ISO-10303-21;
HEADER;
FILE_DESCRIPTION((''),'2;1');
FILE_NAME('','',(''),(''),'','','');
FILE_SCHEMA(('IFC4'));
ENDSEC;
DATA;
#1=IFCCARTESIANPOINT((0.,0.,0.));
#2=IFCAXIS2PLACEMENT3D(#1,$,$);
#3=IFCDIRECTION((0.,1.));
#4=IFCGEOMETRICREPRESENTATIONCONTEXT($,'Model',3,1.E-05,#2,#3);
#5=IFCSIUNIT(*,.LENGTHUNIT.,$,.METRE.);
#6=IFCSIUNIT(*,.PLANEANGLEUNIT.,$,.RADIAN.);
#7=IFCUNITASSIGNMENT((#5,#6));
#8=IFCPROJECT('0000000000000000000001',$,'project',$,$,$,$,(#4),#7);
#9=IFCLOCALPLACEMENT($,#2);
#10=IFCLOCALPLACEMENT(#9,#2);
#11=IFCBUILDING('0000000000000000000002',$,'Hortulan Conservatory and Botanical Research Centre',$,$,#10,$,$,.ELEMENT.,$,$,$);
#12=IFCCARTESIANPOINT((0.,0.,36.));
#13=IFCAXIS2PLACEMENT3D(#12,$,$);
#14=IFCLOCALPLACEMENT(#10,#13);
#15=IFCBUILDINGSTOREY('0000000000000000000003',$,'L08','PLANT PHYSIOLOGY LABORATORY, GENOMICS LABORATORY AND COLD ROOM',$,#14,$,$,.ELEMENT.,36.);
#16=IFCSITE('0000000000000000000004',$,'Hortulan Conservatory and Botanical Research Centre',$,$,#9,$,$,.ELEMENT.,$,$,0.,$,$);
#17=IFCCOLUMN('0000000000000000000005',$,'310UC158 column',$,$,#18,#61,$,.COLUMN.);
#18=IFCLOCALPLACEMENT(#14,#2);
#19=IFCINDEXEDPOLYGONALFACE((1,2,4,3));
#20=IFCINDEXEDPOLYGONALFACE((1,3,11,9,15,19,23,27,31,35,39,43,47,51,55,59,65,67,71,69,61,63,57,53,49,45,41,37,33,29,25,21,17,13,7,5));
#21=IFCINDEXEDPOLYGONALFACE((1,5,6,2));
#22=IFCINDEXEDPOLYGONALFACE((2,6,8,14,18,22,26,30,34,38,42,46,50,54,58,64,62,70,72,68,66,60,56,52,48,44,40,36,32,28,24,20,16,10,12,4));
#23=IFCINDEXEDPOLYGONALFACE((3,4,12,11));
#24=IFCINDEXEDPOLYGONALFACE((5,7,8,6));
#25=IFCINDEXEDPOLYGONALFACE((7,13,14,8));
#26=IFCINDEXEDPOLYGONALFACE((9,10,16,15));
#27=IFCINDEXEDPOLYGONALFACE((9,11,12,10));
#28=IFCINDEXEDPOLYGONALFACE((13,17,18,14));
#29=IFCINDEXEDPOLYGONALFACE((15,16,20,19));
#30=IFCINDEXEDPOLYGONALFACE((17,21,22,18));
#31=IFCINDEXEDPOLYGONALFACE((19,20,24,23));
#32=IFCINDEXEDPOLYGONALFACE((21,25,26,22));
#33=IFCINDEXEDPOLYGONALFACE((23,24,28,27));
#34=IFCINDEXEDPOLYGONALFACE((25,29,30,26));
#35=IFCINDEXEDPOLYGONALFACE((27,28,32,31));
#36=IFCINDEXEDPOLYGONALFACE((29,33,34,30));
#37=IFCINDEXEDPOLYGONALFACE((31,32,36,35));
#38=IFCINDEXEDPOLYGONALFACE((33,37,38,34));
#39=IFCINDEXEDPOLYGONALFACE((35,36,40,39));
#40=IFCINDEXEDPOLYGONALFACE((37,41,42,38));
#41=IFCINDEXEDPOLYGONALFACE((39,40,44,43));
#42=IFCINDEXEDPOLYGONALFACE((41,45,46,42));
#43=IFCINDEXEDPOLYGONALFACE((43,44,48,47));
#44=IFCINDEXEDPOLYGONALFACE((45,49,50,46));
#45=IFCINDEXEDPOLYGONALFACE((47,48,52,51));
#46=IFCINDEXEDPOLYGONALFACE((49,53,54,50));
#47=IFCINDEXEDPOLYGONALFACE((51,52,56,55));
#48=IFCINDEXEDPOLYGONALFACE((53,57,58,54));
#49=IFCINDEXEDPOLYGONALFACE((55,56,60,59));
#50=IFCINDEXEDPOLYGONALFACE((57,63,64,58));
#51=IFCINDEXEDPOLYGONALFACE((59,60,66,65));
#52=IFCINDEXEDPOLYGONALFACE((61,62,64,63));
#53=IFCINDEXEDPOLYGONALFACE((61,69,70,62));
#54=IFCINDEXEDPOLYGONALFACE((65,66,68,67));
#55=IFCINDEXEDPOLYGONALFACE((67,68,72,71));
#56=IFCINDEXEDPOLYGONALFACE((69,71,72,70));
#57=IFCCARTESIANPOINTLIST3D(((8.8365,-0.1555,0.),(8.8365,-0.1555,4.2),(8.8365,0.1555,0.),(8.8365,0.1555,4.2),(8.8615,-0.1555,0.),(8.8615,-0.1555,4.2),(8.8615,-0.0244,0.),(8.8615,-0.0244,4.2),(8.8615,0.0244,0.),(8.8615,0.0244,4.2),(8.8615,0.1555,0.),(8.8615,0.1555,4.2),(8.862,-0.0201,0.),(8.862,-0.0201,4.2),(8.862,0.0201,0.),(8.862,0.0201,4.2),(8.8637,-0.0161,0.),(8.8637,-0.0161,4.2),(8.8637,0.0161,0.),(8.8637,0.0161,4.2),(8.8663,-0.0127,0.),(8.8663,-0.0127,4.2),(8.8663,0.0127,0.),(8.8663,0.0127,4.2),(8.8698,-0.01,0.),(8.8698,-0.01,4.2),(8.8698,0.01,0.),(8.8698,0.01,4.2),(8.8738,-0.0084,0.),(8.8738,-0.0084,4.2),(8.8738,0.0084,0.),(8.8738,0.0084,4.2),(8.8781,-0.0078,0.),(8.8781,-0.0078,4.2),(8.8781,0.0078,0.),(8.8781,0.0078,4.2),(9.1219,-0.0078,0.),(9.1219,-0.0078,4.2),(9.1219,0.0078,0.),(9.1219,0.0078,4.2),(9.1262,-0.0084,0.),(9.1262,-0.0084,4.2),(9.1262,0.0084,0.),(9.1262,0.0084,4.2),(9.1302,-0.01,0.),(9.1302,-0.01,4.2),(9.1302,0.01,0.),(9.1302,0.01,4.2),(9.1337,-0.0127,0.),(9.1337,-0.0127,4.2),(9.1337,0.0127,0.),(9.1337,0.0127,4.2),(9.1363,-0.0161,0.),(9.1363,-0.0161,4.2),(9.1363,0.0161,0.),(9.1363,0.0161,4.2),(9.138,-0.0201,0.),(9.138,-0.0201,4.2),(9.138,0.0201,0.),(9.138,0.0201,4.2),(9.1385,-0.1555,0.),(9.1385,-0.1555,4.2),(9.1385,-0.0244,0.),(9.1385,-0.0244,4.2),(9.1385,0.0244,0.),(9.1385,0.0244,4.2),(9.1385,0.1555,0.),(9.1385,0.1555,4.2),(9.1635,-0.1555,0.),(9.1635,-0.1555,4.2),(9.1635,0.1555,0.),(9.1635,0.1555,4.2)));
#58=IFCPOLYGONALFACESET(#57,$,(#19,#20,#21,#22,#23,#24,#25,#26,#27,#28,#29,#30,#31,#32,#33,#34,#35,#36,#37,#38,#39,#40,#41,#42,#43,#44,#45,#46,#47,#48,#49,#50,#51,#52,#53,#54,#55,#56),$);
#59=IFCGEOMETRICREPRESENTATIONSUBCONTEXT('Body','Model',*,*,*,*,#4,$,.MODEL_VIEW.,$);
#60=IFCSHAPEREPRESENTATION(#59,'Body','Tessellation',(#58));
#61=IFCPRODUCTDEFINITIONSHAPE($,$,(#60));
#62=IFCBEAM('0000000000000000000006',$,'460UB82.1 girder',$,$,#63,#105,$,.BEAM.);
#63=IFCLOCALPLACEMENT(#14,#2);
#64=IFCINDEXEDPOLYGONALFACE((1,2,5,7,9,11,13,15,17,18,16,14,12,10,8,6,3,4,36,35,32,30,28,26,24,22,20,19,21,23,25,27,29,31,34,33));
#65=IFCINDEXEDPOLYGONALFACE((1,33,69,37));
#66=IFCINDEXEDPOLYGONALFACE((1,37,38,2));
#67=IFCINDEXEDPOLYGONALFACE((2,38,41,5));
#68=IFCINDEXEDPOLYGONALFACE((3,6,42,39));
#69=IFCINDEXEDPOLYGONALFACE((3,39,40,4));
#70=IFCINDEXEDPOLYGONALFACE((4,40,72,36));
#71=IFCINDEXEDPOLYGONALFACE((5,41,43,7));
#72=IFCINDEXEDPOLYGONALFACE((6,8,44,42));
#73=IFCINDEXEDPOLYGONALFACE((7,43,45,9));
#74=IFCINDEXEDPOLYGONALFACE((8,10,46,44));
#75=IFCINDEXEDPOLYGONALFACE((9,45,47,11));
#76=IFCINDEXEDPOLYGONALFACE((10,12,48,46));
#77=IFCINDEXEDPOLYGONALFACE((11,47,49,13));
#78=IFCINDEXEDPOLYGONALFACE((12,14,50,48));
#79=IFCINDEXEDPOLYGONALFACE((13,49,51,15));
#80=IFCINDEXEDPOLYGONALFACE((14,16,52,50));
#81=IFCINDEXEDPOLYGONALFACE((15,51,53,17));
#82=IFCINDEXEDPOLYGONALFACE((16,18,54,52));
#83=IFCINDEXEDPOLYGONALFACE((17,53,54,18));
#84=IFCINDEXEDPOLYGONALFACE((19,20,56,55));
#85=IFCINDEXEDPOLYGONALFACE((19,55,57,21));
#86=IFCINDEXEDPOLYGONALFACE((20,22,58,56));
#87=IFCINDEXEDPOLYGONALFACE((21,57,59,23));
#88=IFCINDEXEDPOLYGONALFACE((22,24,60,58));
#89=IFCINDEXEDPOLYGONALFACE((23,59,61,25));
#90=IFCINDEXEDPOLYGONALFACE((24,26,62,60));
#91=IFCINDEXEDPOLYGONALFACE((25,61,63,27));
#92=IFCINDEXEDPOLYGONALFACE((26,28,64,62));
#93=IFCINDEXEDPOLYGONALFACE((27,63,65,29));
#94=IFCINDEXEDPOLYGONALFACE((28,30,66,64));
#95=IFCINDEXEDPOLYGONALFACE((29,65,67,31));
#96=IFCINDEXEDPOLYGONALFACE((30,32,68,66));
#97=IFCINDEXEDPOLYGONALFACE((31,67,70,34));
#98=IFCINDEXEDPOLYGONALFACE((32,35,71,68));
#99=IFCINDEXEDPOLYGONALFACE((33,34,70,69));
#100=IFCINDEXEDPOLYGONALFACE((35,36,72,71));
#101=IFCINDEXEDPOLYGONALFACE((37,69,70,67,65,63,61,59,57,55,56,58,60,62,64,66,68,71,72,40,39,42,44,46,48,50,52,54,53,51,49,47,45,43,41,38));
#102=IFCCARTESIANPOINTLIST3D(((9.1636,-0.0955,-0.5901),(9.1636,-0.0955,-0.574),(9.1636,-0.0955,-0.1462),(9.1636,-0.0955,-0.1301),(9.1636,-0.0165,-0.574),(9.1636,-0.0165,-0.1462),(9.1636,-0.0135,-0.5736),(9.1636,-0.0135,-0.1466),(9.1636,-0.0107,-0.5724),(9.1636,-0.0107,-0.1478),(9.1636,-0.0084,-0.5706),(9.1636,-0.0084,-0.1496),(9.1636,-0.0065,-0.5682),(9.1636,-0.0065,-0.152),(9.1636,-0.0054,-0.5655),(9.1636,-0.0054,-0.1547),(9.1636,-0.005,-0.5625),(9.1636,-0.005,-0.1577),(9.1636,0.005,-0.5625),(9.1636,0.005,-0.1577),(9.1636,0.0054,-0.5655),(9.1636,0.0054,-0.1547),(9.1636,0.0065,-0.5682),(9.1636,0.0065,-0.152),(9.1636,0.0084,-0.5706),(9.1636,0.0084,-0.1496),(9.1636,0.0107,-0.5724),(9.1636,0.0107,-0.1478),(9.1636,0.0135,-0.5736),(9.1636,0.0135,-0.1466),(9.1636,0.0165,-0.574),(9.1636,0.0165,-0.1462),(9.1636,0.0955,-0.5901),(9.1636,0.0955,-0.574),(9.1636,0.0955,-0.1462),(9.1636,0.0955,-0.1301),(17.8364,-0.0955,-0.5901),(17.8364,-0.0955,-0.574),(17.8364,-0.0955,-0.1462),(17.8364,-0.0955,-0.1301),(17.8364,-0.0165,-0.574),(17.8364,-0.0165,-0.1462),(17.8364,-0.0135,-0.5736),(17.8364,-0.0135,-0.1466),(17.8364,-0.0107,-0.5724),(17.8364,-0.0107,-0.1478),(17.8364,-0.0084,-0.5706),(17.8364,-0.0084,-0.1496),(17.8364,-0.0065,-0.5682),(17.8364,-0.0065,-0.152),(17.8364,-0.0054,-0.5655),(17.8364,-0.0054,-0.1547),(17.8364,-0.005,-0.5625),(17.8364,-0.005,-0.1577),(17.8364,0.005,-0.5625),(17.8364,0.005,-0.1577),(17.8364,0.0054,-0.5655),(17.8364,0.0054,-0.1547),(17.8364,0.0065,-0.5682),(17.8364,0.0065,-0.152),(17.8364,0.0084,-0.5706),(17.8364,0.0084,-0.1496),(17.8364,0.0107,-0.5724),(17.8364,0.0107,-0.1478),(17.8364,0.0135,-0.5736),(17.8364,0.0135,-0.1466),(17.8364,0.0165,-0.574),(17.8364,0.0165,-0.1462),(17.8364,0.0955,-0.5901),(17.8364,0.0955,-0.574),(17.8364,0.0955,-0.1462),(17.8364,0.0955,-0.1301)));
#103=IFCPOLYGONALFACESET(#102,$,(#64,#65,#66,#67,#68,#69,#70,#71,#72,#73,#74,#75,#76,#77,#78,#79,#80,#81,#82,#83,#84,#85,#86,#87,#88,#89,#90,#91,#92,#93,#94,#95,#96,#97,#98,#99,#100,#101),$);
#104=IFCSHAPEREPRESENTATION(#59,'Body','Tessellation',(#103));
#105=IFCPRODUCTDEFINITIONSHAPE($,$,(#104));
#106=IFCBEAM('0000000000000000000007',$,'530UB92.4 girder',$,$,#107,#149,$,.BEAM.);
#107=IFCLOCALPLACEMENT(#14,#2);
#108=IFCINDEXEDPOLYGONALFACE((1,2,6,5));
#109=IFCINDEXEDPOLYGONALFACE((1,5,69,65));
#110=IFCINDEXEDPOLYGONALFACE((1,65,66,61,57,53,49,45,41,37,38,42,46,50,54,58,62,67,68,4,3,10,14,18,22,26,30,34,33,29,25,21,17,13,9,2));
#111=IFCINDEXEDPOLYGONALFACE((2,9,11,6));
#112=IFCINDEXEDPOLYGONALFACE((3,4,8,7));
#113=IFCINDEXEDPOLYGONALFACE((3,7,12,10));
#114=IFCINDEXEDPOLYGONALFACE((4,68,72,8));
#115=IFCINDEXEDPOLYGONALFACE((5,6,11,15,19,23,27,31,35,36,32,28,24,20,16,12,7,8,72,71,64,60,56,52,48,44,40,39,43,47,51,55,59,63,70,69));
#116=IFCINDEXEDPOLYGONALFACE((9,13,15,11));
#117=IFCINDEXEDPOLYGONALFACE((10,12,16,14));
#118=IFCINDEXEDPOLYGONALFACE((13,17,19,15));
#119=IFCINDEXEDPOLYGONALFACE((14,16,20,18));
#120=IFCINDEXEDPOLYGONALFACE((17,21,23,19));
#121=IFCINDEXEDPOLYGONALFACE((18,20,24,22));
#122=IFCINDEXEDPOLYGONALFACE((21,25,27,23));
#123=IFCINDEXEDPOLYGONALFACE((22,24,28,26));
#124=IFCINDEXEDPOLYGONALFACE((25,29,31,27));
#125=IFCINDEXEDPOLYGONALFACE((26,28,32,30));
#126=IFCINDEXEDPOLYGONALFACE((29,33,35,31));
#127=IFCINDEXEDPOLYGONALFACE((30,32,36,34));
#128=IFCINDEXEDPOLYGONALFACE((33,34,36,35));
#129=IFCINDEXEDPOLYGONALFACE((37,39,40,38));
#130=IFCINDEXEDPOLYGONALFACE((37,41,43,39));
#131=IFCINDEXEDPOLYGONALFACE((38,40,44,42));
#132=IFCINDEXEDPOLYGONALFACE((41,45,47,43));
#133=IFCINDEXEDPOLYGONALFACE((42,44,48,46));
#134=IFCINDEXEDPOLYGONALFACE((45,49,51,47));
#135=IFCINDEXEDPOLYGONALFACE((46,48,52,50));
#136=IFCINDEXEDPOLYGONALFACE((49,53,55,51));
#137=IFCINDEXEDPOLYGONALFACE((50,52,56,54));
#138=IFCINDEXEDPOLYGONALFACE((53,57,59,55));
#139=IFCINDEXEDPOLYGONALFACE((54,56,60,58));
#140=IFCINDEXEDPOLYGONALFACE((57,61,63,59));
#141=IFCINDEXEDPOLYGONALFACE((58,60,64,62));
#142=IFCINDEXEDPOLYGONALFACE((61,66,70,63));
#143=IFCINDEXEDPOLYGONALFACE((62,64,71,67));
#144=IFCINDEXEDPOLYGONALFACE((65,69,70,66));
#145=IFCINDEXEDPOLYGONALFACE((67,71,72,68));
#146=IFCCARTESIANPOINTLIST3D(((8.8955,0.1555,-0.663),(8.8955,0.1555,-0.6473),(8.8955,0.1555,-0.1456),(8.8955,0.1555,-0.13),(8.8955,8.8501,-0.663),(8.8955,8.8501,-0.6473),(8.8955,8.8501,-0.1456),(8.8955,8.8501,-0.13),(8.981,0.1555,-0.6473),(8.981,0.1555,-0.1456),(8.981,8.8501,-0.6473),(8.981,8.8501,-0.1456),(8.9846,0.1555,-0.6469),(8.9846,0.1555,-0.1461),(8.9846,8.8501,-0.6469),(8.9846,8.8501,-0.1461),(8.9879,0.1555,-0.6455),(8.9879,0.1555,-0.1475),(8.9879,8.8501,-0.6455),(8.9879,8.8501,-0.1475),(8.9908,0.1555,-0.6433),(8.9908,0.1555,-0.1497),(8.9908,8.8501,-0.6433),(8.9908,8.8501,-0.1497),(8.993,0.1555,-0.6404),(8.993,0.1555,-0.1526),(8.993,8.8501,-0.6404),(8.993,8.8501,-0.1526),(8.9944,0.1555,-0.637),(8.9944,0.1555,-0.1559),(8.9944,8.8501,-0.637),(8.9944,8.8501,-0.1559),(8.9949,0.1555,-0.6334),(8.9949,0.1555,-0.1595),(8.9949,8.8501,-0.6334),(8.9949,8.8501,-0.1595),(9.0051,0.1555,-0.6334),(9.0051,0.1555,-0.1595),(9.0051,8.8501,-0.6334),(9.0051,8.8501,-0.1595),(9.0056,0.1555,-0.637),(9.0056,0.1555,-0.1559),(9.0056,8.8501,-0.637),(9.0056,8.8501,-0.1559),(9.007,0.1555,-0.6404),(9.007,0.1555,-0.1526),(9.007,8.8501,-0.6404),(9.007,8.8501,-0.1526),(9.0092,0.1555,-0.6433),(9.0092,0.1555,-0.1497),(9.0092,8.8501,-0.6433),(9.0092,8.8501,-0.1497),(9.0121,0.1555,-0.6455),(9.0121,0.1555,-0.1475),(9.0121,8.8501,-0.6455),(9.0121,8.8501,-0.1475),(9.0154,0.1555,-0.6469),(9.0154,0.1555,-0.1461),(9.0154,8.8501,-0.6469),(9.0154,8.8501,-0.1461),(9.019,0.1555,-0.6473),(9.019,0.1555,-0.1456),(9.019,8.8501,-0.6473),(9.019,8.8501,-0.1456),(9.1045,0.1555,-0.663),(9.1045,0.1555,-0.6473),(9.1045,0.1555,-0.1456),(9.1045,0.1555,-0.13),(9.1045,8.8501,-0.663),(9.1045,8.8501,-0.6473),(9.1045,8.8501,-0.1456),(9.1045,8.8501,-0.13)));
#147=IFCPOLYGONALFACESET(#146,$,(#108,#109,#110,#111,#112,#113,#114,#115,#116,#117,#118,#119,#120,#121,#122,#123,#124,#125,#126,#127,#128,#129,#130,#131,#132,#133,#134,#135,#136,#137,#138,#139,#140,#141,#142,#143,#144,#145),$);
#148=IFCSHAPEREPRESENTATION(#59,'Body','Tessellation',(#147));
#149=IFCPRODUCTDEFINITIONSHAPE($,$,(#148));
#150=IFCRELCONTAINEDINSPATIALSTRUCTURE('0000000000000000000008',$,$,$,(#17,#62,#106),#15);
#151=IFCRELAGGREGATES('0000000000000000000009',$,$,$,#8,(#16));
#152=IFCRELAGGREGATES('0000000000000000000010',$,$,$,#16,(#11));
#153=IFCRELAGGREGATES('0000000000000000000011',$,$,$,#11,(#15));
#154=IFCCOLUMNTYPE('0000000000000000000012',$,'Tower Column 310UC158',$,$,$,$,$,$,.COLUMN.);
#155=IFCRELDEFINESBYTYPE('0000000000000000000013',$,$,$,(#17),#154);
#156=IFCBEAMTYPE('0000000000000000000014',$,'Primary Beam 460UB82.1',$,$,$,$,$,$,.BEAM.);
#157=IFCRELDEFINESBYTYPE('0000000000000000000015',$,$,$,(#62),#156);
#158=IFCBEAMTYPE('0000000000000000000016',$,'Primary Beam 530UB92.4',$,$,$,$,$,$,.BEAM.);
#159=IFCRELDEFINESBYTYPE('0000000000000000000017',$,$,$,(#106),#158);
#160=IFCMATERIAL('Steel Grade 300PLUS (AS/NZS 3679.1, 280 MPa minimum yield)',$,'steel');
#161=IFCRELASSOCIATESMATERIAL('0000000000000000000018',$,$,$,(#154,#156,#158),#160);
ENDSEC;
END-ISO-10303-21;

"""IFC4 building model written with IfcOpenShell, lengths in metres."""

from ifc_helpers import new_model, si_unit, direction, frame, origin, origin_2d, place, context, subcontext, project, spatial, i_section, extrude, material, material_profile, profile_set, type_object, element, save


model = new_model("IFC4")

# Units and contexts
model_context = context("Model", 3, precision=1e-05, world=origin(), true_north=direction((0.0, 1.0)))
body_context = subcontext(model_context, "Body", "Model", "MODEL_VIEW")
ifc_project = project(units=[si_unit("LENGTHUNIT", "METRE"), si_unit("PLANEANGLEUNIT", "RADIAN")], contexts=[model_context])

# Site, building, storey
site_placement = place(None, origin())
site = spatial("IfcSite", under=ifc_project, at=site_placement, Name="Hortulan Conservatory and Botanical Research Centre", CompositionType="ELEMENT", RefElevation=0.0)
building_placement = place(site_placement, origin())
building = spatial("IfcBuilding", under=site, at=building_placement, Name="Hortulan Conservatory and Botanical Research Centre", CompositionType="ELEMENT")
storey_placement = place(building_placement, frame((0.0, 0.0, 36.0)))
storey = spatial("IfcBuildingStorey", under=building, at=storey_placement, Name="L08", Description="PLANT PHYSIOLOGY LABORATORY, GENOMICS LABORATORY AND COLD ROOM", CompositionType="ELEMENT", Elevation=36.0)

# Column
ifc_material_1 = material(Name="Steel Grade 300PLUS (AS/NZS 3679.1, 280 MPa minimum yield)", Category="steel")
ifc_material_profile_1 = material_profile(ifc_material_1, i_section(OverallWidth=0.311, OverallDepth=0.3269, WebThickness=0.0156, FlangeThickness=0.0249, FilletRadius=0.0166, at=origin_2d()), Name="310UC158")
ifc_profile_set_1 = profile_set([ifc_material_profile_1], Name="Steel Grade 300PLUS (AS/NZS 3679.1, 280 MPa minimum yield)")
column_type = type_object("IfcColumnType", Name="Tower Column 310UC158", PredefinedType="COLUMN", material=ifc_profile_set_1)
column_placement = place(storey_placement, frame((9.0, 0.0, 0.0), z_axis=(0.0, 0.0, 1.0), x_axis=(0.0, 1.0, 0.0)))
element("IfcColumn", 1, at=column_placement, inside=storey, type_object=column_type, Name="310UC158 column", PredefinedType="COLUMN", context=body_context, shape_type="SweptSolid", body=[
    extrude(i_section(OverallWidth=0.311, OverallDepth=0.3269, WebThickness=0.0156, FlangeThickness=0.0249, FilletRadius=0.0166, at=origin_2d()), origin(), (0.0, 0.0, 1.0), 4.2),
])

# Beams
ifc_material_profile_2 = material_profile(ifc_material_1, i_section(OverallWidth=0.1909, OverallDepth=0.46, WebThickness=0.01, FlangeThickness=0.0161, FilletRadius=0.0115, at=origin_2d()), Name="460UB82.1")
ifc_profile_set_2 = profile_set([ifc_material_profile_2], Name="Steel Grade 300PLUS (AS/NZS 3679.1, 280 MPa minimum yield)")
beam_type_1 = type_object("IfcBeamType", Name="Primary Beam 460UB82.1", PredefinedType="BEAM", material=ifc_profile_set_2)
beam_1_placement = place(storey_placement, frame((9.1636, 0.0, -0.3601), z_axis=(1.0, 0.0, 0.0), x_axis=(0.0, 1.0, 0.0)))
element("IfcBeam", 2, at=beam_1_placement, inside=storey, type_object=beam_type_1, Name="460UB82.1 girder", PredefinedType="BEAM", context=body_context, shape_type="SweptSolid", body=[
    extrude(i_section(OverallWidth=0.1909, OverallDepth=0.46, WebThickness=0.01, FlangeThickness=0.0161, FilletRadius=0.0115, at=origin_2d()), origin(), (0.0, 0.0, 1.0), 8.6729),
])
ifc_material_profile_3 = material_profile(ifc_material_1, i_section(OverallWidth=0.209, OverallDepth=0.533, WebThickness=0.0103, FlangeThickness=0.0156, FilletRadius=0.0139, at=origin_2d()), Name="530UB92.4")
ifc_profile_set_3 = profile_set([ifc_material_profile_3], Name="Steel Grade 300PLUS (AS/NZS 3679.1, 280 MPa minimum yield)")
beam_type_2 = type_object("IfcBeamType", Name="Primary Beam 530UB92.4", PredefinedType="BEAM", material=ifc_profile_set_3)
beam_2_placement = place(storey_placement, frame((9.0, 0.1555, -0.3965), z_axis=(0.0, 1.0, 0.0), x_axis=(-1.0, 0.0, 0.0)))
element("IfcBeam", 3, at=beam_2_placement, inside=storey, type_object=beam_type_2, Name="530UB92.4 girder", PredefinedType="BEAM", context=body_context, shape_type="SweptSolid", body=[
    extrude(i_section(OverallWidth=0.209, OverallDepth=0.533, WebThickness=0.0103, FlangeThickness=0.0156, FilletRadius=0.0139, at=origin_2d()), origin(), (0.0, 0.0, 1.0), 8.6946),
])

save(model, "model.ifc")
